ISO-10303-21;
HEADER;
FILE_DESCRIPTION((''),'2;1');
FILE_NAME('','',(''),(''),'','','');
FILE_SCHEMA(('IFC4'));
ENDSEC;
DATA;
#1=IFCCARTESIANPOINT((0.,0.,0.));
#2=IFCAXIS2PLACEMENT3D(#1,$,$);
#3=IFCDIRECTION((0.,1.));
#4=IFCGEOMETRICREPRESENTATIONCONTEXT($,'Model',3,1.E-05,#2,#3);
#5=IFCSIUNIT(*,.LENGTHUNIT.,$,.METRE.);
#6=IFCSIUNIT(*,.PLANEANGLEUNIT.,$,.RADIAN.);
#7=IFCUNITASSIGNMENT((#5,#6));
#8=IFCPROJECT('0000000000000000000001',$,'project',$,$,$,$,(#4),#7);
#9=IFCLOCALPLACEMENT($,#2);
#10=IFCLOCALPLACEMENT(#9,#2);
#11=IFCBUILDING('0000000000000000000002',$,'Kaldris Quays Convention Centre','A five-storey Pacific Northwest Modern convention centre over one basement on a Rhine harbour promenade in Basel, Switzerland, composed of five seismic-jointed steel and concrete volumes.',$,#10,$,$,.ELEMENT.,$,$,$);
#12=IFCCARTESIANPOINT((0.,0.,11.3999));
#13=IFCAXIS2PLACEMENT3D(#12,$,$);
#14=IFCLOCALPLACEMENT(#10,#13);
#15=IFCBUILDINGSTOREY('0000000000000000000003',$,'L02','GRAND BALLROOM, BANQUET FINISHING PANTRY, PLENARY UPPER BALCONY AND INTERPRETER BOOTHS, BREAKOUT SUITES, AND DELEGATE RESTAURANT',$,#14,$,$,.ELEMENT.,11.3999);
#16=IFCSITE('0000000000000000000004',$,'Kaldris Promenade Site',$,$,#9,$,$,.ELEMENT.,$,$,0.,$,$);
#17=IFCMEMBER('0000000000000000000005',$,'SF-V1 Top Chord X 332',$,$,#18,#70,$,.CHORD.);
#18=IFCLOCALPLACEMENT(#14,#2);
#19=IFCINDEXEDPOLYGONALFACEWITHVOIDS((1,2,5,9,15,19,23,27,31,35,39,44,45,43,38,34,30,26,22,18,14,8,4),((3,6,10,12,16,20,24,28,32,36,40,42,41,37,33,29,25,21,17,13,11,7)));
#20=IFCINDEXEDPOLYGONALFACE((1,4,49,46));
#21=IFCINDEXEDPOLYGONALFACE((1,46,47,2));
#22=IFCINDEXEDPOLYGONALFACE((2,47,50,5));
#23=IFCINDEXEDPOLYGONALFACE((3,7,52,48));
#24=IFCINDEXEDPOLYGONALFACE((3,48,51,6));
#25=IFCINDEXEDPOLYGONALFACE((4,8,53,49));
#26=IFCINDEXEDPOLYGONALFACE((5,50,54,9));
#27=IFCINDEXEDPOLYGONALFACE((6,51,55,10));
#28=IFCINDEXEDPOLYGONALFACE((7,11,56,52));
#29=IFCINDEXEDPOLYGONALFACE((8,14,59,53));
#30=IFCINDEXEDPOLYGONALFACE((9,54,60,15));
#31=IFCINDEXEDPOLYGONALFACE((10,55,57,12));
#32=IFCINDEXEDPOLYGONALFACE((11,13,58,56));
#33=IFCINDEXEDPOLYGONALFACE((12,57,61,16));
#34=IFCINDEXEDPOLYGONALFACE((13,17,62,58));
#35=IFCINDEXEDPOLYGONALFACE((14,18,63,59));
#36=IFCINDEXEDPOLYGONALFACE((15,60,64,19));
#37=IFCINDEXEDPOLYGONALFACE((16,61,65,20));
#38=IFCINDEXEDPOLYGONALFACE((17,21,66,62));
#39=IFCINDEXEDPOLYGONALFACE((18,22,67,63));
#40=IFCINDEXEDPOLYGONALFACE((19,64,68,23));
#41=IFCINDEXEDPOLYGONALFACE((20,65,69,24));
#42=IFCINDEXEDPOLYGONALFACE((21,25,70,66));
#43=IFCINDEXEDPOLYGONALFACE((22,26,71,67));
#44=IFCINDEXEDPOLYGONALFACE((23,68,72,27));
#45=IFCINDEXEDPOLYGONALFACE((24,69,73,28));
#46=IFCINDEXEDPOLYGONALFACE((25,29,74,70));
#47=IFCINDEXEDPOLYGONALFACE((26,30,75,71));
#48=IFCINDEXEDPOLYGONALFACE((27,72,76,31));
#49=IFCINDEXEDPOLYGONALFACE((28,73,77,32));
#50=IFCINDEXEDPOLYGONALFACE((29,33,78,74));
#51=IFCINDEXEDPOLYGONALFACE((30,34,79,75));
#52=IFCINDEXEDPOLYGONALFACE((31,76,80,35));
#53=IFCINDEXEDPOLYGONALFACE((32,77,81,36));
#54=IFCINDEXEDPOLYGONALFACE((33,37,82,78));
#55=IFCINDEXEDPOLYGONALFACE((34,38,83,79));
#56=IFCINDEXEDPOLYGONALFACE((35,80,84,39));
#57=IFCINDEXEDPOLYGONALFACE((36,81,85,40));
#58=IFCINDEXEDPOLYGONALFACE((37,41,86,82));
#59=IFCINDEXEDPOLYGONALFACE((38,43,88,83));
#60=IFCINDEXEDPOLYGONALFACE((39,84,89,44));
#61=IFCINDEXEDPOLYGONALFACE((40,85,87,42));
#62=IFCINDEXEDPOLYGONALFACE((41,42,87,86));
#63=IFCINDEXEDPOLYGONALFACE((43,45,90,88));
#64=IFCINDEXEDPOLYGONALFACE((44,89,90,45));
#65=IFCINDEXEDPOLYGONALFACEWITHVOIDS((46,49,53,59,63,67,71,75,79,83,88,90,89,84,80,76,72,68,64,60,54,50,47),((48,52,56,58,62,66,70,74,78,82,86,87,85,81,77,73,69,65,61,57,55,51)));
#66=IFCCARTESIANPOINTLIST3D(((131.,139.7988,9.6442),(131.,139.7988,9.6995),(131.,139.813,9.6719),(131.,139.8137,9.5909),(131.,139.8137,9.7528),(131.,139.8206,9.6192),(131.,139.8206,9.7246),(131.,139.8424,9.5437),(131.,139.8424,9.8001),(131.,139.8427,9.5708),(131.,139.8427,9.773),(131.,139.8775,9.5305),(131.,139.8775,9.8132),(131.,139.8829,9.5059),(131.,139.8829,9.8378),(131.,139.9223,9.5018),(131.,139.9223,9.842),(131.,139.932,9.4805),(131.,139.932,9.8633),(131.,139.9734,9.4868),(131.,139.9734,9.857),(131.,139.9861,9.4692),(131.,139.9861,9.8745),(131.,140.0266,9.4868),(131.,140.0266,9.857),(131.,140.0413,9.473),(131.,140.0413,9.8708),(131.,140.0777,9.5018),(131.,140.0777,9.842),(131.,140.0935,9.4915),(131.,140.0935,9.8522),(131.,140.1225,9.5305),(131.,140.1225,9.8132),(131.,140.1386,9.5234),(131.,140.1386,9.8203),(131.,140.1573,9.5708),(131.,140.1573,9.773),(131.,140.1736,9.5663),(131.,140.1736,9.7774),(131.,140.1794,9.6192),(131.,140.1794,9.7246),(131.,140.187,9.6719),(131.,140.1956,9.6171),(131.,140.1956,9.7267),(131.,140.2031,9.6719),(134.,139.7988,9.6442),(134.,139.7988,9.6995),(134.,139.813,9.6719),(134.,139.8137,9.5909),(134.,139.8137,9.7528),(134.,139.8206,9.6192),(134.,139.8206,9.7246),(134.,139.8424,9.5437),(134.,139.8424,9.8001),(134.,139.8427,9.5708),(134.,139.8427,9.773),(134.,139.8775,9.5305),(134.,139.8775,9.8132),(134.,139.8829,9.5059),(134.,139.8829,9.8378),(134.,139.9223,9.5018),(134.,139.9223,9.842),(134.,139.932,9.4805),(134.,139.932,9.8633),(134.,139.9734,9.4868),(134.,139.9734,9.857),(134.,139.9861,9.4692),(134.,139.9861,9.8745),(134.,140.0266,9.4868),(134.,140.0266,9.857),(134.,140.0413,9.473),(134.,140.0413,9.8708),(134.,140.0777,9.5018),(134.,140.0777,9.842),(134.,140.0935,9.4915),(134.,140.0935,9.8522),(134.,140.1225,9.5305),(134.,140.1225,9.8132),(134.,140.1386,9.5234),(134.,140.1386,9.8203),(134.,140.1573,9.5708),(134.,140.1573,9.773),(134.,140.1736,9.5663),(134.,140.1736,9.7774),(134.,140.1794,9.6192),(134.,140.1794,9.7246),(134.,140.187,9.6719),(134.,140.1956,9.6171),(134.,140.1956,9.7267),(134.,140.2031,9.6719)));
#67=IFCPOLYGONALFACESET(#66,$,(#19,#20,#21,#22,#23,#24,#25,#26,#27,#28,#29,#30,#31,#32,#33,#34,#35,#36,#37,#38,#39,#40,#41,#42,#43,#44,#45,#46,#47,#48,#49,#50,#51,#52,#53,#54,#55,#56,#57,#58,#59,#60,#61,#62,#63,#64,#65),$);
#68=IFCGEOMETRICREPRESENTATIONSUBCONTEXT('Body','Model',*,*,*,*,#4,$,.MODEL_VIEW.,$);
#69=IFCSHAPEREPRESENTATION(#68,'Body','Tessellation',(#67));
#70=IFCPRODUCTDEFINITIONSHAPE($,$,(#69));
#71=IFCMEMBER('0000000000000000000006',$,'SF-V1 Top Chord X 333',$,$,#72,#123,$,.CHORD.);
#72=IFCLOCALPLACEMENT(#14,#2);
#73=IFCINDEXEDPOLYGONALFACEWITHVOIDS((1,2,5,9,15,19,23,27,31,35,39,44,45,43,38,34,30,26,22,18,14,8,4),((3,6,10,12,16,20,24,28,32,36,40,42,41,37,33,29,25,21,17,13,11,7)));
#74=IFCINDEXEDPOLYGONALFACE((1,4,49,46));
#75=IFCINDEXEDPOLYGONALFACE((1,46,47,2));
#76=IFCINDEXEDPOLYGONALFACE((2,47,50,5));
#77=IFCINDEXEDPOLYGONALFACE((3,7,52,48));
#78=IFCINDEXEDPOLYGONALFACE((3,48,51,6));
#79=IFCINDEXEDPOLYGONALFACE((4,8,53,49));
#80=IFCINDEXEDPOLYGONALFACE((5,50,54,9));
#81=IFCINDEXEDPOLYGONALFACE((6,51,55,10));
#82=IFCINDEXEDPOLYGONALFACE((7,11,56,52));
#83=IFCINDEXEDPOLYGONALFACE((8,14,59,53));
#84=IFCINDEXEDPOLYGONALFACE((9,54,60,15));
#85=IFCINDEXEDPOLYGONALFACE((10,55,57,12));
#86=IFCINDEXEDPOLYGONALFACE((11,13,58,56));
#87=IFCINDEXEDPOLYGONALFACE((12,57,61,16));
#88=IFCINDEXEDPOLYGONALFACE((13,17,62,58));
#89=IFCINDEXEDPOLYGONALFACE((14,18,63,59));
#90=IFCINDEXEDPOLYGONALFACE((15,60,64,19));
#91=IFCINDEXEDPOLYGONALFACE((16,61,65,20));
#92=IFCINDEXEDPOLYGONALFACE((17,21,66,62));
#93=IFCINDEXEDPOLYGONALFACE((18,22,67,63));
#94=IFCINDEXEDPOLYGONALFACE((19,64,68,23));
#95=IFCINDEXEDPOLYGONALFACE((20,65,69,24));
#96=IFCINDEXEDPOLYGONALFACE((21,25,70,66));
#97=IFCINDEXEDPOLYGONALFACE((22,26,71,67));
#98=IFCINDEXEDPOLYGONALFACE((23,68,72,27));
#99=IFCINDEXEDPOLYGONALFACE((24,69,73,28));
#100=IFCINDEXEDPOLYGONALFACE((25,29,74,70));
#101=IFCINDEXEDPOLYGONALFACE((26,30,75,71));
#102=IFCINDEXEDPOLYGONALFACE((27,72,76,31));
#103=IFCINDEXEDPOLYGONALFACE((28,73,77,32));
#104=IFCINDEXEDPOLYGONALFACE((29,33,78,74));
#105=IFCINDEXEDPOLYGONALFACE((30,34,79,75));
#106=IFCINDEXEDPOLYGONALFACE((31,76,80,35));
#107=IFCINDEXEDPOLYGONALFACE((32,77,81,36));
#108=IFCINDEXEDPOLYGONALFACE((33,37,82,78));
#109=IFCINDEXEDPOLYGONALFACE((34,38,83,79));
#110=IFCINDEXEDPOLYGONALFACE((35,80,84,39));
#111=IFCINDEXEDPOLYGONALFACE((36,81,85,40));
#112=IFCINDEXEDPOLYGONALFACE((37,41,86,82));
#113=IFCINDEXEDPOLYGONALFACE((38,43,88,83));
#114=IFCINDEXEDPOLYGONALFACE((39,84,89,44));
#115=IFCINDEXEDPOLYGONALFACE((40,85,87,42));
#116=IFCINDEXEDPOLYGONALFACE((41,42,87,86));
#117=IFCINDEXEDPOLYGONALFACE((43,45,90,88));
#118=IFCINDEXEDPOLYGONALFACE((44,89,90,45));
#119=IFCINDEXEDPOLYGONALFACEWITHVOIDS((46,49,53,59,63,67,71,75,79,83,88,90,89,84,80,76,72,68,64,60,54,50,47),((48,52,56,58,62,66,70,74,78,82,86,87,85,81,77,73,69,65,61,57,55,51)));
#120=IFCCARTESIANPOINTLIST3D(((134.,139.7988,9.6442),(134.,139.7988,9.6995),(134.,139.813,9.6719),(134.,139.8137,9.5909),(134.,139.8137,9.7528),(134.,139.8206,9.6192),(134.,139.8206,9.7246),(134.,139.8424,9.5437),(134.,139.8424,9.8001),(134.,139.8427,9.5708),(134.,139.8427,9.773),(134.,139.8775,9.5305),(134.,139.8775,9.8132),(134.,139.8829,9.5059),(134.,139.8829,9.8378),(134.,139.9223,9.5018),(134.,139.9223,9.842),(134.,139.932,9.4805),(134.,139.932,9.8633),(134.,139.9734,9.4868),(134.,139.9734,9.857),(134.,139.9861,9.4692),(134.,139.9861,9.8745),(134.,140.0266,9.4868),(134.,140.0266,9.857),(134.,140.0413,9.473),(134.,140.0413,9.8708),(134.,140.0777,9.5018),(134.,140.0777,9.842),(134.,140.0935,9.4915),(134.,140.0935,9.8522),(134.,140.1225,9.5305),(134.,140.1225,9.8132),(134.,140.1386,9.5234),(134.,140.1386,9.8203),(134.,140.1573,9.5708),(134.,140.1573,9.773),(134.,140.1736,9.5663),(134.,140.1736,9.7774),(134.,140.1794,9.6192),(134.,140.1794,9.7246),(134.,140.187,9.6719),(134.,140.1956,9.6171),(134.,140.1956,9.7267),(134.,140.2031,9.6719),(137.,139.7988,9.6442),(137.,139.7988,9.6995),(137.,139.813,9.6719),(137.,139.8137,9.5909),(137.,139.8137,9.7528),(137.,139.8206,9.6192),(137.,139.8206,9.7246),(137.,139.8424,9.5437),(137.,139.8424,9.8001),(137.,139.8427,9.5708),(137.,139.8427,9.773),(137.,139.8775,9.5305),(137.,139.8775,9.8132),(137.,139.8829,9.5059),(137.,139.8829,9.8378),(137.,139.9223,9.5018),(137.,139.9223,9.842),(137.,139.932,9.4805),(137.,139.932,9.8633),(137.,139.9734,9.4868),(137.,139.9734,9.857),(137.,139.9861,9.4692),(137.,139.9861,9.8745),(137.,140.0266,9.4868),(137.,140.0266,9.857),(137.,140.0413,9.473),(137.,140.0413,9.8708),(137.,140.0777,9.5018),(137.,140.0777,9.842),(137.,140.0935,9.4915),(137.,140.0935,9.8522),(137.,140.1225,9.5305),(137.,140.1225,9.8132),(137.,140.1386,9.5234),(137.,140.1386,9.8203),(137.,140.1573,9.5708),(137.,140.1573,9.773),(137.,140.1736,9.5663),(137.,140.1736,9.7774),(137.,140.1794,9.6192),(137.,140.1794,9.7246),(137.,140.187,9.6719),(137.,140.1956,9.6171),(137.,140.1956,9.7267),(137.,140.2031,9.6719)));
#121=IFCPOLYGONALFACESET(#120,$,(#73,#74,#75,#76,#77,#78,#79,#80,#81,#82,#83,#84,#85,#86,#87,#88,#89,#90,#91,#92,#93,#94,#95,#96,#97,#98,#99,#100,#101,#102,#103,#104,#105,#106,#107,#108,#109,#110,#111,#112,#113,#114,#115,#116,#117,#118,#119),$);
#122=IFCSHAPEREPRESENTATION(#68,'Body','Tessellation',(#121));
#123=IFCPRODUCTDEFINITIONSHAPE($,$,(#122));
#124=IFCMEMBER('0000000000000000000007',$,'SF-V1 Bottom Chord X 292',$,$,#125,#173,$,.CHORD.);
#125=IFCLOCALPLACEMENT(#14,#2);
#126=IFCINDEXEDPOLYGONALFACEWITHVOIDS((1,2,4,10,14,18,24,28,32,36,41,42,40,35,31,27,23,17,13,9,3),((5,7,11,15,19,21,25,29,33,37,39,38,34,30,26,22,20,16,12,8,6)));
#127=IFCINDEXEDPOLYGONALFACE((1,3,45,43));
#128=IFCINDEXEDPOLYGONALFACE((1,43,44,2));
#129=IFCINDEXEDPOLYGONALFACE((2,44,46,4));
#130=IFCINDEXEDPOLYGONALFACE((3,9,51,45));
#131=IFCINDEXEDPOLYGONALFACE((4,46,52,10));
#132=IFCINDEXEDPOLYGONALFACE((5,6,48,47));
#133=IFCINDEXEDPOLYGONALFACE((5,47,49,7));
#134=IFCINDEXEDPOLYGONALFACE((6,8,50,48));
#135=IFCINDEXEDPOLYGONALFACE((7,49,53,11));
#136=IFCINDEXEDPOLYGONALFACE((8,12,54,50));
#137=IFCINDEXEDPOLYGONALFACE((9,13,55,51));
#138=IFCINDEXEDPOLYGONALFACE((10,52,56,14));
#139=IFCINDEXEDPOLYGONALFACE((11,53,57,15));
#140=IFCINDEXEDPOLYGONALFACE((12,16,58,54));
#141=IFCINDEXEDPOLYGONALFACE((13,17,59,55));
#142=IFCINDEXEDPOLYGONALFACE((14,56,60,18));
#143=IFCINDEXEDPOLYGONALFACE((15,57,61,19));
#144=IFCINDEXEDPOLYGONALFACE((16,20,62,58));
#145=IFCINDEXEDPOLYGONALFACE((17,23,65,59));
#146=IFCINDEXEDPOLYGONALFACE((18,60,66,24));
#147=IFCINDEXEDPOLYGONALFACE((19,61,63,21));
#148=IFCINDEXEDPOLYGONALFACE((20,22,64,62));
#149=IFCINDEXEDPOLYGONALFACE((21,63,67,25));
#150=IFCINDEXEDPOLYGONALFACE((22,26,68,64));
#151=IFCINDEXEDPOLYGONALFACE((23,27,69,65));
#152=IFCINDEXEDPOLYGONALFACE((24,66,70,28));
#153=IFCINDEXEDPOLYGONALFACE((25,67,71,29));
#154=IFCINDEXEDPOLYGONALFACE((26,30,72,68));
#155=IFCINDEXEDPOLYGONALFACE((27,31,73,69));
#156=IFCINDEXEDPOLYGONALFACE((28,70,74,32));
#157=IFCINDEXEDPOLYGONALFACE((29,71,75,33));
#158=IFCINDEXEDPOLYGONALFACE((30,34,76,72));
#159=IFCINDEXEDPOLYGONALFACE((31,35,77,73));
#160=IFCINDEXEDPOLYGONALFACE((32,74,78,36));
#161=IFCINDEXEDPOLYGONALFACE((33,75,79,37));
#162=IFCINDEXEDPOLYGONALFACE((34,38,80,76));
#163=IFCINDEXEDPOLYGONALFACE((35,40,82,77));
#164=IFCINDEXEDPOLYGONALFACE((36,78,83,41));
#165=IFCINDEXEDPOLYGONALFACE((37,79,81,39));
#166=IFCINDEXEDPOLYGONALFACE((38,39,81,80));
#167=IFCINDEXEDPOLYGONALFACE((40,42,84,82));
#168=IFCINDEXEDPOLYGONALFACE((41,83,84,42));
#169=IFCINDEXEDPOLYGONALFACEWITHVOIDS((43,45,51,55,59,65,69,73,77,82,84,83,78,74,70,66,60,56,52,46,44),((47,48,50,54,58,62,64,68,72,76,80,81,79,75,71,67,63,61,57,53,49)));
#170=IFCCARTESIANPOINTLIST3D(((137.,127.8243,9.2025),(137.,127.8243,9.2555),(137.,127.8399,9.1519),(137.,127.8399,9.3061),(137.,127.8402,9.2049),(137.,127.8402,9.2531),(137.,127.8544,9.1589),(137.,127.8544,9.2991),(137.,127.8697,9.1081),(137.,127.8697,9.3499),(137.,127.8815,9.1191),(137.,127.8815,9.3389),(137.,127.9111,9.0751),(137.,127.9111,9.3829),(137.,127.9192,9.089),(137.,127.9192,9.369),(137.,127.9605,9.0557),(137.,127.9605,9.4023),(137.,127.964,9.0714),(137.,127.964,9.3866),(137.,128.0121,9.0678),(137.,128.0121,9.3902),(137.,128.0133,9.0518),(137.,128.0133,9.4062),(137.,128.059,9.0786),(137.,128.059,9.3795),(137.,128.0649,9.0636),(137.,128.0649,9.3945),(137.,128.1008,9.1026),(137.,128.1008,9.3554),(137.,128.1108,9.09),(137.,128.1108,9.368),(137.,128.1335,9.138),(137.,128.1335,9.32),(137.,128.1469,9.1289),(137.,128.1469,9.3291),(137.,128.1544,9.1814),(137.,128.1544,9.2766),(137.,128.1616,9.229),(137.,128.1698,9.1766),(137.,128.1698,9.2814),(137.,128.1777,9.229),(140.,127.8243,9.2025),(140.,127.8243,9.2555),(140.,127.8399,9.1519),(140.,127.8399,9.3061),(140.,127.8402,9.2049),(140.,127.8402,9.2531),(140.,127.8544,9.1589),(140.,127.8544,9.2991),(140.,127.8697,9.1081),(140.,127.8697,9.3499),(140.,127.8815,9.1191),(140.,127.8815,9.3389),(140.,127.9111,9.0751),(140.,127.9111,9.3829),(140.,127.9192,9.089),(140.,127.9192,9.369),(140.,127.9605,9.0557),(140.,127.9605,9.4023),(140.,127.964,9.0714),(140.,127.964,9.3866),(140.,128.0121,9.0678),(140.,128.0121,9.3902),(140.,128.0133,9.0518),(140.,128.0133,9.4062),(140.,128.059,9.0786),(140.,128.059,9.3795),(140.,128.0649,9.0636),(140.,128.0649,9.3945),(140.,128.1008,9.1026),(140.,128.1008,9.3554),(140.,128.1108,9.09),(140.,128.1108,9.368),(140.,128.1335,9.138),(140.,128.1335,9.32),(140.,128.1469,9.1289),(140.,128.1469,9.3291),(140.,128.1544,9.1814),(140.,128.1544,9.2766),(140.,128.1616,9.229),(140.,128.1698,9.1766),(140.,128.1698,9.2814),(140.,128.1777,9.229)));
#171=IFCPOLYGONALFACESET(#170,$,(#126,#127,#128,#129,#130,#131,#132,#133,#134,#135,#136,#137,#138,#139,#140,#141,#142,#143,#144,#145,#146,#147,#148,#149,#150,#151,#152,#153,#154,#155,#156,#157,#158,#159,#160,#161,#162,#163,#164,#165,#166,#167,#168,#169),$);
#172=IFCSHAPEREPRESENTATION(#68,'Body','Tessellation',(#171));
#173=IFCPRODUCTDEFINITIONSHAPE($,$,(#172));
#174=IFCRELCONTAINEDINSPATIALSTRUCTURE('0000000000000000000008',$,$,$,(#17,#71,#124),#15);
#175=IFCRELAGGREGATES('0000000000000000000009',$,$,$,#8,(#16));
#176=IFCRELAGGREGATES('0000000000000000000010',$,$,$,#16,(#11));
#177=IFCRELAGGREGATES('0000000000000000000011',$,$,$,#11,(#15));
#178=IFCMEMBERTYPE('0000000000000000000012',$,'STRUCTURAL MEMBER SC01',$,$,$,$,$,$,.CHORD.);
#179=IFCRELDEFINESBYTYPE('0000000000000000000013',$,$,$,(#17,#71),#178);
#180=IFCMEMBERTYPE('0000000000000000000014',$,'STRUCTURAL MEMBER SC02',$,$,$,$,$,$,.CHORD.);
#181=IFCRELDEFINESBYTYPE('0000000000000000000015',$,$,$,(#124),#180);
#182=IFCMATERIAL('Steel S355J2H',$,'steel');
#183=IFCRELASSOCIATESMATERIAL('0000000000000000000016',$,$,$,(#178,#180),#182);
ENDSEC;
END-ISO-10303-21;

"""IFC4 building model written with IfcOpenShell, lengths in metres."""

from ifc_helpers import new_model, si_unit, direction, frame, origin, origin_2d, place, context, subcontext, project, spatial, hollow_circle, extrude, material, material_profile, profile_set, type_object, element, save


model = new_model("IFC4")

# Units and contexts
model_context = context("Model", 3, precision=1e-05, world=origin(), true_north=direction((0.0, 1.0)))
body_context = subcontext(model_context, "Body", "Model", "MODEL_VIEW")
ifc_project = project(units=[si_unit("LENGTHUNIT", "METRE"), si_unit("PLANEANGLEUNIT", "RADIAN")], contexts=[model_context])

# Site, building, storey
site_placement = place(None, origin())
site = spatial("IfcSite", under=ifc_project, at=site_placement, Name="Kaldris Promenade Site", CompositionType="ELEMENT", RefElevation=0.0)
building_placement = place(site_placement, origin())
building = spatial("IfcBuilding", under=site, at=building_placement, Name="Kaldris Quays Convention Centre", Description="A five-storey Pacific Northwest Modern convention centre over one basement on a Rhine harbour promenade in Basel, Switzerland, composed of five seismic-jointed steel and concrete volumes.", CompositionType="ELEMENT")
storey_placement = place(building_placement, frame((0.0, 0.0, 11.3999)))
storey = spatial("IfcBuildingStorey", under=building, at=storey_placement, Name="L02", Description="GRAND BALLROOM, BANQUET FINISHING PANTRY, PLENARY UPPER BALCONY AND INTERPRETER BOOTHS, BREAKOUT SUITES, AND DELEGATE RESTAURANT", CompositionType="ELEMENT", Elevation=11.3999)

# Members
ifc_material_1 = material(Name="Steel S355J2H", Category="steel")
ifc_material_profile_1 = material_profile(ifc_material_1, hollow_circle(Radius=0.2031, WallThickness=0.0161, at=origin_2d()), Name="CHS 406.4x16")
ifc_profile_set_1 = profile_set([ifc_material_profile_1], Name="Steel S355J2H")
member_type_1 = type_object("IfcMemberType", Name="STRUCTURAL MEMBER SC01", PredefinedType="CHORD", material=ifc_profile_set_1)
for number, where, z_axis, x_axis, name in (
    (1, (131.0, 140.0, 9.6719), (1.0, 0.0, 0.0), (0.0, 1.0, 0.0), "SF-V1 Top Chord X 332"),
    (2, (134.0, 140.0, 9.6719), (1.0, 0.0, 0.0), (0.0, 1.0, 0.0), "SF-V1 Top Chord X 333"),
):
    element("IfcMember", number, at=place(storey_placement, frame(where, z_axis=z_axis, x_axis=x_axis)), inside=storey, type_object=member_type_1, Name=name, PredefinedType="CHORD", context=body_context, shape_type="SweptSolid", body=[
        extrude(hollow_circle(Radius=0.2031, WallThickness=0.0161, at=origin_2d()), origin(), (0.0, 0.0, 1.0), 3.0),
    ])
ifc_material_profile_2 = material_profile(ifc_material_1, hollow_circle(Radius=0.1777, WallThickness=0.0161, at=origin_2d()), Name="CHS 355.6x16")
ifc_profile_set_2 = profile_set([ifc_material_profile_2], Name="Steel S355J2H")
member_type_2 = type_object("IfcMemberType", Name="STRUCTURAL MEMBER SC02", PredefinedType="CHORD", material=ifc_profile_set_2)
for number, where, z_axis, x_axis, name in (
    (3, (137.0, 128.0, 9.229), (1.0, 0.0, 0.0), (0.0, 1.0, 0.0), "SF-V1 Bottom Chord X 292"),
):
    element("IfcMember", number, at=place(storey_placement, frame(where, z_axis=z_axis, x_axis=x_axis)), inside=storey, type_object=member_type_2, Name=name, PredefinedType="CHORD", context=body_context, shape_type="SweptSolid", body=[
        extrude(hollow_circle(Radius=0.1777, WallThickness=0.0161, at=origin_2d()), origin(), (0.0, 0.0, 1.0), 3.0),
    ])

save(model, "model.ifc")
